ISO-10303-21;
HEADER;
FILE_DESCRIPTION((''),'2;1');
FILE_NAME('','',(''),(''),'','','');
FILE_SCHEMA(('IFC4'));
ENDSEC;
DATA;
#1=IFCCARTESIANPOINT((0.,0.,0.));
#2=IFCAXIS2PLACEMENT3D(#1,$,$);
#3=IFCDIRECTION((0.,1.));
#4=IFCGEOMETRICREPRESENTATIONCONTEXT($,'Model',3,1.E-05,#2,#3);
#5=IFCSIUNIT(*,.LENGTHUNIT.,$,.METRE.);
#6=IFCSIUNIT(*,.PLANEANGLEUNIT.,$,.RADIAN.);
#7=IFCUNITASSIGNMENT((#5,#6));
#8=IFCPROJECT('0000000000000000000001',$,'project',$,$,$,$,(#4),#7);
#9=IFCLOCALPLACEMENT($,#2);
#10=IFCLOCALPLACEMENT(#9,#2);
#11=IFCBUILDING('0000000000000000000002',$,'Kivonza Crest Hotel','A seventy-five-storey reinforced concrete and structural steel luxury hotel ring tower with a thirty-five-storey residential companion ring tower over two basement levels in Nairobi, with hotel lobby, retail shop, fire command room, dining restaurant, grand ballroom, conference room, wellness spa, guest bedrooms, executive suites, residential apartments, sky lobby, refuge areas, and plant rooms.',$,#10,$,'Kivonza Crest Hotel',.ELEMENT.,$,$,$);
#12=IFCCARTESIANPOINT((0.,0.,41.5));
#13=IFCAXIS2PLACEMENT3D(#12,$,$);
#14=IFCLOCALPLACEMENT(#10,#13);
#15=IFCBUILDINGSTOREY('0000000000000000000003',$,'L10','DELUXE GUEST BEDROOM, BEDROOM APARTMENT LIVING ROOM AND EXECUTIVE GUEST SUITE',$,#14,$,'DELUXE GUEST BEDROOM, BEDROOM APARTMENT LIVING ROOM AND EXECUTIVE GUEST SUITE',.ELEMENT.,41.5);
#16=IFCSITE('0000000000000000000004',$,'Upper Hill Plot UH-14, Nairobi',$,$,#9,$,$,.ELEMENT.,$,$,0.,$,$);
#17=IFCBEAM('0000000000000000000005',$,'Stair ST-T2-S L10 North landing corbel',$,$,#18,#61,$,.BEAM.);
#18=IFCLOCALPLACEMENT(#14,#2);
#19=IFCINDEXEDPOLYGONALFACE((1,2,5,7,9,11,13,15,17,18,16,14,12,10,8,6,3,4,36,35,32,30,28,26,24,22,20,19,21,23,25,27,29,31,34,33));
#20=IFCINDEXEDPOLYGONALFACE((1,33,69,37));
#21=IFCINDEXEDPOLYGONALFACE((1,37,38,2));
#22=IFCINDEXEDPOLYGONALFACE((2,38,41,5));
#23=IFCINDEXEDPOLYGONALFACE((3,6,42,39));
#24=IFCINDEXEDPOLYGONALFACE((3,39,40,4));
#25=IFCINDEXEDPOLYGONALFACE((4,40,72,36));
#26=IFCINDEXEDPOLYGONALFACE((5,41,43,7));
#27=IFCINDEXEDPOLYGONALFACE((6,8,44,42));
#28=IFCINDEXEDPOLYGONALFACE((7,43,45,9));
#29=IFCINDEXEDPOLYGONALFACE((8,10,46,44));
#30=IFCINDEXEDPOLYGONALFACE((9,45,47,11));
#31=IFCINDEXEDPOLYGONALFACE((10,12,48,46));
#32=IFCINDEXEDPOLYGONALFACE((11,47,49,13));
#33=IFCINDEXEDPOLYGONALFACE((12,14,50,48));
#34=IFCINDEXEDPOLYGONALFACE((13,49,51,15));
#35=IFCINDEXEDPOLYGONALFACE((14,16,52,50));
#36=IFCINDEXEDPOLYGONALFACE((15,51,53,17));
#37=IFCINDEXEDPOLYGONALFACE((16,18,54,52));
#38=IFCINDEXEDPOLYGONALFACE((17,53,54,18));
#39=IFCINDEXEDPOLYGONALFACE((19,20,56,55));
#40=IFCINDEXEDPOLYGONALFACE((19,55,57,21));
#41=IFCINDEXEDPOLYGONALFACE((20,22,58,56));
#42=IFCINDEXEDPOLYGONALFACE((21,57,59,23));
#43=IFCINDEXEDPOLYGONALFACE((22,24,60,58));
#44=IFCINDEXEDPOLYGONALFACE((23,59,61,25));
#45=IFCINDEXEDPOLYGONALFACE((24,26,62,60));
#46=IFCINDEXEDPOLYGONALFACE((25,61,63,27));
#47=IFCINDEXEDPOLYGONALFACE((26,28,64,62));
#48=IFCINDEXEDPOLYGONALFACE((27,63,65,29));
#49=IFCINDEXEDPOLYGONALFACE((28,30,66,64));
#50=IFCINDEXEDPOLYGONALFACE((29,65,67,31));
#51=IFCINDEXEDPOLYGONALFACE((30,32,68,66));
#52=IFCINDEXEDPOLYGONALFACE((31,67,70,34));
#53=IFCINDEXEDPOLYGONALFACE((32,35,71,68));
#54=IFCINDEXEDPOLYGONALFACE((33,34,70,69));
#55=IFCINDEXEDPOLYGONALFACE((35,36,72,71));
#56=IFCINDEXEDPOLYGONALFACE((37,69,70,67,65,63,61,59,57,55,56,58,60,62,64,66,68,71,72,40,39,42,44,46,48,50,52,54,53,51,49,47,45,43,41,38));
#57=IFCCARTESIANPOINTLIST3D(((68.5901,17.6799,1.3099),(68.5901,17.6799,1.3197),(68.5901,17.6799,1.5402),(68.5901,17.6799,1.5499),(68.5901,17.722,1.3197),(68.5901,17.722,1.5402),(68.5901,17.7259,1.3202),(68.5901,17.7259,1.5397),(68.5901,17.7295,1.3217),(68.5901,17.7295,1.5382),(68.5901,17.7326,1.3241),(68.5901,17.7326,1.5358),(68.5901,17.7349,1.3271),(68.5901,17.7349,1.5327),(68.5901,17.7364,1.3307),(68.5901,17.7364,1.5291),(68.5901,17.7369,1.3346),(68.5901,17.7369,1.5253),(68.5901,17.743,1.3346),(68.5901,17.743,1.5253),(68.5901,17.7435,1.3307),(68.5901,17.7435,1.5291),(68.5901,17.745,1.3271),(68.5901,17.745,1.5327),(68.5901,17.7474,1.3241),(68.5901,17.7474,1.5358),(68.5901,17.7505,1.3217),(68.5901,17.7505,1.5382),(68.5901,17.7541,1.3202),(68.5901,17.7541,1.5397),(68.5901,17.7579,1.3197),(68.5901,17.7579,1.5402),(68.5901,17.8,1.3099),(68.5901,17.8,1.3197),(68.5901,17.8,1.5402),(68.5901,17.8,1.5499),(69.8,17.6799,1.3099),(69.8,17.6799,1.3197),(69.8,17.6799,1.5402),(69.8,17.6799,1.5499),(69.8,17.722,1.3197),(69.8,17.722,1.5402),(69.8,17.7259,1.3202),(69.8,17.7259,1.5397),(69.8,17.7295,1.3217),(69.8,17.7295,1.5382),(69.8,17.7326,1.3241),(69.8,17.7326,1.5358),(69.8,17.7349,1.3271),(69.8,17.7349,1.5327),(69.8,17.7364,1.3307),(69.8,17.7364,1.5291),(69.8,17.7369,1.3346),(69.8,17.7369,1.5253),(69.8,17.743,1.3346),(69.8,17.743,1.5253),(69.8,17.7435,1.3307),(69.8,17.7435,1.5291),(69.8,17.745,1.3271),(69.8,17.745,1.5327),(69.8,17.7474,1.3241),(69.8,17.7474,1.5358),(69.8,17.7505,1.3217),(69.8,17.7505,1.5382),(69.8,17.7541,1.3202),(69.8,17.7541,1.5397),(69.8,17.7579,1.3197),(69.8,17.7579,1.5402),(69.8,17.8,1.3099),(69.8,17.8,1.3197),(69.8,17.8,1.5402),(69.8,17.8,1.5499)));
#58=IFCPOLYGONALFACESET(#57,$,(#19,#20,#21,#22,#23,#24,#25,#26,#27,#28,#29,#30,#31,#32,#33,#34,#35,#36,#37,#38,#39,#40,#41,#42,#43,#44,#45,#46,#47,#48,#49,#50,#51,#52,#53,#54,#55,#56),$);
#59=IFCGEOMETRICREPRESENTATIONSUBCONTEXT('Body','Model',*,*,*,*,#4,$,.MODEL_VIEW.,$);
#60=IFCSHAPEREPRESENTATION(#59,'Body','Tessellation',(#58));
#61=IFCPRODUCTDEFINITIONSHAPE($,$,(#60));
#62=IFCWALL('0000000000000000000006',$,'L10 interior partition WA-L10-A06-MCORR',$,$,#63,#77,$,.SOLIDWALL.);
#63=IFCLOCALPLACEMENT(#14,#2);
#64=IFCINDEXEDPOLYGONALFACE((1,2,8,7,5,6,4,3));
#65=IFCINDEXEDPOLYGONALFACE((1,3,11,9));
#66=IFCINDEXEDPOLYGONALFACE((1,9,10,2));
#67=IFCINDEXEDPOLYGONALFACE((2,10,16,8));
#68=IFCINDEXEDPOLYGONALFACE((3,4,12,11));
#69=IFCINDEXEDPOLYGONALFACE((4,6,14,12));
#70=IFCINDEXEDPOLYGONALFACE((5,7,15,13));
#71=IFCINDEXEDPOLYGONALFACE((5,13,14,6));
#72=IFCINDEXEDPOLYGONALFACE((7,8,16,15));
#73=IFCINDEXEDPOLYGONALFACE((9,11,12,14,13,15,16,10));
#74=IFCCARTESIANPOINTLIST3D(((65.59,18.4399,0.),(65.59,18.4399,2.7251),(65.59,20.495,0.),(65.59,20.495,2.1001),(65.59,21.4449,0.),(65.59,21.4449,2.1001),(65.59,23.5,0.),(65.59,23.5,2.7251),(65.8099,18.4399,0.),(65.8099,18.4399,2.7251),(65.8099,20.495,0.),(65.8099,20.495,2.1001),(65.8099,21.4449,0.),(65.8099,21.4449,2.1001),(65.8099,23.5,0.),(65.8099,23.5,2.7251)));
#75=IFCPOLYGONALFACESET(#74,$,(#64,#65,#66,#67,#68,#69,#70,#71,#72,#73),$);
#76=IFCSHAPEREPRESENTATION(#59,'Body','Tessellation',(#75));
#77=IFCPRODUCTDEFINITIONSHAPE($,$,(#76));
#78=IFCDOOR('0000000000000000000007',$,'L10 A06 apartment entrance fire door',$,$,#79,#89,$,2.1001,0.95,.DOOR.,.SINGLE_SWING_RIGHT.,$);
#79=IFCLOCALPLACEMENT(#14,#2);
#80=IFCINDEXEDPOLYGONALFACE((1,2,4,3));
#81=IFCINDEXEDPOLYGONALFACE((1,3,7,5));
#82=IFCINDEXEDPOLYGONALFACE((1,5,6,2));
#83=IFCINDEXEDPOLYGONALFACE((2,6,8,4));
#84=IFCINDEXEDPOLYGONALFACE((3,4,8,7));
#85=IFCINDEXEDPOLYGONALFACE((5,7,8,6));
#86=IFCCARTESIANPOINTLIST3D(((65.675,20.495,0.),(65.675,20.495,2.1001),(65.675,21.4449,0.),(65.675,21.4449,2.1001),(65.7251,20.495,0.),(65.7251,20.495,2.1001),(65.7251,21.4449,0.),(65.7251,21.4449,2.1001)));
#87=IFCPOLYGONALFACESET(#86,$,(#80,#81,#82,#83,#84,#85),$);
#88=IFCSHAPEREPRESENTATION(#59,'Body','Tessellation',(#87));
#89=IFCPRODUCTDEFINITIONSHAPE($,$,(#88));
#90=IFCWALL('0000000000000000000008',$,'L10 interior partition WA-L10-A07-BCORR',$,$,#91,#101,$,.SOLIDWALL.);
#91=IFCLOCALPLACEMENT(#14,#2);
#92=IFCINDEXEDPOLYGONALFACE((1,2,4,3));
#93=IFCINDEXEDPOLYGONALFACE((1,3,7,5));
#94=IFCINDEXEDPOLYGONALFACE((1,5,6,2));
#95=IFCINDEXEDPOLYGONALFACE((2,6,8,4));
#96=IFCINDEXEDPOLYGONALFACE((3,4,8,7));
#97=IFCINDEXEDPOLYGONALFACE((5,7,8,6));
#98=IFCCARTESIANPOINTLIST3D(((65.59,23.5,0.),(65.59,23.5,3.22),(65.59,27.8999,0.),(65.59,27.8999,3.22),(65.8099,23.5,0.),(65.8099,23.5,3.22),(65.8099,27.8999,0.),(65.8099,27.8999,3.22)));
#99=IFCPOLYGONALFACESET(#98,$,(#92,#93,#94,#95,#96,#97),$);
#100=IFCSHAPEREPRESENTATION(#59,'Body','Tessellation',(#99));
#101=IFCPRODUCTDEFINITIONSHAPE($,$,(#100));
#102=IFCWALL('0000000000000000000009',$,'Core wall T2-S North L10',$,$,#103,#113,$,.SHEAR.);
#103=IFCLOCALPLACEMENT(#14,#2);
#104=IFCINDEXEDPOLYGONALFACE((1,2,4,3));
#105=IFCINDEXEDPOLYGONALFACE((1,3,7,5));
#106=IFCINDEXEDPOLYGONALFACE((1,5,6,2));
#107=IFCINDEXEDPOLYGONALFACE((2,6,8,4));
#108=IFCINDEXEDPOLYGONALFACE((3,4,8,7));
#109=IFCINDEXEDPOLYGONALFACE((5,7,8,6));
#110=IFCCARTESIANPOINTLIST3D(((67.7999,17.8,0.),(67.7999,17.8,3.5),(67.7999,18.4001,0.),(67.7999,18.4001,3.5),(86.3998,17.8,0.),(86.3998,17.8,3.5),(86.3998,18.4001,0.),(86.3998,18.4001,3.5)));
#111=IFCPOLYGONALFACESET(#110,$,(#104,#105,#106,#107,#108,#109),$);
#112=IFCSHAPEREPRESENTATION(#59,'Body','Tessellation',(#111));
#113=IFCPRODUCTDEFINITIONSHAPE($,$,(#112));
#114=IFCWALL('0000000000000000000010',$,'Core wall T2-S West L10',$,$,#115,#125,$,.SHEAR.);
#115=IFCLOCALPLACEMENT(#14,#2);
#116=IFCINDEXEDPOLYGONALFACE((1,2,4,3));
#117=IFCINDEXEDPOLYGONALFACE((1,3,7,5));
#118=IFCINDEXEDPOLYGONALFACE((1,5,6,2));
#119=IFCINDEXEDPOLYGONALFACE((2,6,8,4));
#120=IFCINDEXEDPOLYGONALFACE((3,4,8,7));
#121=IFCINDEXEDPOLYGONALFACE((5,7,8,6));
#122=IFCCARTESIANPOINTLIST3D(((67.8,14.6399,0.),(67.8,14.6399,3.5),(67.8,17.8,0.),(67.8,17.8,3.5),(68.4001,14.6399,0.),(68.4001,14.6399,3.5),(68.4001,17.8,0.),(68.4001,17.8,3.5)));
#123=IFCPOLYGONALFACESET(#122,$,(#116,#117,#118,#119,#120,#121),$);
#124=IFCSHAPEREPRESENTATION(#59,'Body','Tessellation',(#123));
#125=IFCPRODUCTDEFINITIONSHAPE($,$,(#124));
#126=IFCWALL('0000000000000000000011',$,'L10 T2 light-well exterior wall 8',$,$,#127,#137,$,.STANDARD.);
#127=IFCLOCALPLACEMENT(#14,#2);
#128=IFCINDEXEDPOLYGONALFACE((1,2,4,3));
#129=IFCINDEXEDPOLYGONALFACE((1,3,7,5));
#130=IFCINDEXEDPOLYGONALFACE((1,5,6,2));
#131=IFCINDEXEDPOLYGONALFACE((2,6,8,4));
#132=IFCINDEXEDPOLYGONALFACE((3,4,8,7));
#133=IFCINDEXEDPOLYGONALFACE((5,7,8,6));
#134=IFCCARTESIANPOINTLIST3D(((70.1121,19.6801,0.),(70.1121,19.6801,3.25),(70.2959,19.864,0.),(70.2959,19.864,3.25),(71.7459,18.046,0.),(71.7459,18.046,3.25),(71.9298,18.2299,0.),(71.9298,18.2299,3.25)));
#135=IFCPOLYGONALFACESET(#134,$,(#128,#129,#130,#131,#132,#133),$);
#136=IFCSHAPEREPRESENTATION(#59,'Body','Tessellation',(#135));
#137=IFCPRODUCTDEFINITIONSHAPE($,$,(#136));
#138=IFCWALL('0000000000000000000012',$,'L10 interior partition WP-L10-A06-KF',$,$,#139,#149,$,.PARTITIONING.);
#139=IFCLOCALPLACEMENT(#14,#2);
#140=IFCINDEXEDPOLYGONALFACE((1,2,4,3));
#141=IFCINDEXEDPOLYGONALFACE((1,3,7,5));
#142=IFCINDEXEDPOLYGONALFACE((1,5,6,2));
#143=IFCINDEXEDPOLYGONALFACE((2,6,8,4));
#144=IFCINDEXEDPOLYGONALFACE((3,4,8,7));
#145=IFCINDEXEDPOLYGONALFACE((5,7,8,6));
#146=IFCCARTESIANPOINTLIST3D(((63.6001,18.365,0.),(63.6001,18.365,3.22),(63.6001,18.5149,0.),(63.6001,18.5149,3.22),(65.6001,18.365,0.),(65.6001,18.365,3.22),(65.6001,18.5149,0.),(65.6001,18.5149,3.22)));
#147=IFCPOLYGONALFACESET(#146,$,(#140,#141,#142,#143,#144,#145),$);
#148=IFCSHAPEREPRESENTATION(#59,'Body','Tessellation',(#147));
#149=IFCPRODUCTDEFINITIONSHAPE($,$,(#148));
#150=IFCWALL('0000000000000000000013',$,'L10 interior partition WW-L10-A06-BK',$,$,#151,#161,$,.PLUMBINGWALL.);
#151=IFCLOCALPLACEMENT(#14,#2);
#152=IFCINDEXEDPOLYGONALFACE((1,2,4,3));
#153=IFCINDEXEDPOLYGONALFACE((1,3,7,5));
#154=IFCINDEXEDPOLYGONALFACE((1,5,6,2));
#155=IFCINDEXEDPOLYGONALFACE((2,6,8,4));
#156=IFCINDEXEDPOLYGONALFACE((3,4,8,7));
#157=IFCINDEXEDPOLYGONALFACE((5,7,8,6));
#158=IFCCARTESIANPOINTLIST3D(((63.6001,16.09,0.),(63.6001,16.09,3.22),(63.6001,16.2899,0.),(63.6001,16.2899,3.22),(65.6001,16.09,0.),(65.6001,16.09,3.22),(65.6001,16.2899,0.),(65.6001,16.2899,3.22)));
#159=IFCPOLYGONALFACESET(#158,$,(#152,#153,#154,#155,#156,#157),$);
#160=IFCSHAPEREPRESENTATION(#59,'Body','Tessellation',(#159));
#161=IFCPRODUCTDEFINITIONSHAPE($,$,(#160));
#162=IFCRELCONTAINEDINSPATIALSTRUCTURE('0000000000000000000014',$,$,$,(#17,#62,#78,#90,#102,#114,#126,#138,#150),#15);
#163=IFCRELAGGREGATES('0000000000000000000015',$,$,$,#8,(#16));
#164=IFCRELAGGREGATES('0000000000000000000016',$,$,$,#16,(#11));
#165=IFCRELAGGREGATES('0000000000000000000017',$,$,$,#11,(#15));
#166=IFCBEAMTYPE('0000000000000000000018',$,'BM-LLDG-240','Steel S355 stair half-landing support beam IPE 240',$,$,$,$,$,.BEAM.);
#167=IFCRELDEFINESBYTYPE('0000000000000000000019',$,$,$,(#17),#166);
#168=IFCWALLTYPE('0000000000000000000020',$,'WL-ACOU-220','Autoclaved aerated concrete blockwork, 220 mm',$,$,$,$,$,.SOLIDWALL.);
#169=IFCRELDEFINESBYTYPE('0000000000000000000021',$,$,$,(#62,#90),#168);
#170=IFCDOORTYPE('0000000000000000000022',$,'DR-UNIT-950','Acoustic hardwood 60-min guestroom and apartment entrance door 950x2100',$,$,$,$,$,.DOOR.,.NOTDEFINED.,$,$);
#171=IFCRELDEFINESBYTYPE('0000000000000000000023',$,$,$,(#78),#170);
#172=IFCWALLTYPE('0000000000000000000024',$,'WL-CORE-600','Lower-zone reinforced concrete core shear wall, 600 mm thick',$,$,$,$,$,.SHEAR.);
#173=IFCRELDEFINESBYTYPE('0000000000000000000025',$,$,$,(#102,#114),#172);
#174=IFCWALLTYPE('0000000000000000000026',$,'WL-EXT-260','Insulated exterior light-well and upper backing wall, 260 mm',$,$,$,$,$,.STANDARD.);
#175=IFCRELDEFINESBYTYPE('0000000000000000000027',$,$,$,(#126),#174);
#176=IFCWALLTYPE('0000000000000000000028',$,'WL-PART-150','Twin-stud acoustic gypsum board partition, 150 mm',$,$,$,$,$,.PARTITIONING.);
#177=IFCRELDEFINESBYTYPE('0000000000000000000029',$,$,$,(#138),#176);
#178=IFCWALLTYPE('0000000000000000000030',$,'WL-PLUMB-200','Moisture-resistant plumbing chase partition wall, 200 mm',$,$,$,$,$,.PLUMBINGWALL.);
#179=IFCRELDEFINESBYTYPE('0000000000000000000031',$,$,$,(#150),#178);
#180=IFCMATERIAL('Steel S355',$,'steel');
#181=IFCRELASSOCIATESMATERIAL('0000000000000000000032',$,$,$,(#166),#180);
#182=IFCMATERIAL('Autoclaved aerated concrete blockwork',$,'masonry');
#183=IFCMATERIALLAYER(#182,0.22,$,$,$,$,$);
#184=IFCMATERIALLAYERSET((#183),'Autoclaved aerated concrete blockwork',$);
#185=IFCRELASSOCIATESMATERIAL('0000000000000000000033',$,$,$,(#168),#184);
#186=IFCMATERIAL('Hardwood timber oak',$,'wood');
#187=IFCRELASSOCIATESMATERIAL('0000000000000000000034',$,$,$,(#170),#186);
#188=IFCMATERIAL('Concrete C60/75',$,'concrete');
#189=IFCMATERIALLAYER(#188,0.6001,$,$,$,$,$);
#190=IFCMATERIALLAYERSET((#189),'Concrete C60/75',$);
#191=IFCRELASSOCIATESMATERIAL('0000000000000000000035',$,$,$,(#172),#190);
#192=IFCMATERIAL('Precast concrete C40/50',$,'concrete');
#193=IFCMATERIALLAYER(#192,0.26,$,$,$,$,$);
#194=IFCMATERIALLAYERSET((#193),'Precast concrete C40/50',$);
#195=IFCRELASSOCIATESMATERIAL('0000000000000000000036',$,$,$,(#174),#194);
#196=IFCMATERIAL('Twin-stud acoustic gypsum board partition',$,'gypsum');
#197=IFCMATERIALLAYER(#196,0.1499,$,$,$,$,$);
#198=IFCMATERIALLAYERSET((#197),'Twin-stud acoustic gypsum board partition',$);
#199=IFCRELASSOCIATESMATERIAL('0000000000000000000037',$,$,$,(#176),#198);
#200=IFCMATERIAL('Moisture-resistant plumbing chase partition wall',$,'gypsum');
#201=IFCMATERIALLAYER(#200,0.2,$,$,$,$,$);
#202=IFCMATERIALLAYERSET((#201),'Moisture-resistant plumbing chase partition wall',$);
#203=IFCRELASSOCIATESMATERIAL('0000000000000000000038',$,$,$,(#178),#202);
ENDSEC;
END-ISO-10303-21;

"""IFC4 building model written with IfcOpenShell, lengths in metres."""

from ifc_helpers import new_model, si_unit, direction, frame, frame_2d, origin, origin_2d, place, context, subcontext, project, spatial, rectangle, i_section, extrude, material, layer, layer_set, material_profile, profile_set, type_object, element, fill, save


model = new_model("IFC4")

# Units and contexts
model_context = context("Model", 3, precision=1e-05, world=origin(), true_north=direction((0.0, 1.0)))
body_context = subcontext(model_context, "Body", "Model", "MODEL_VIEW")
ifc_project = project(units=[si_unit("LENGTHUNIT", "METRE"), si_unit("PLANEANGLEUNIT", "RADIAN")], contexts=[model_context])

# Site, building, storey
site_placement = place(None, origin())
site = spatial("IfcSite", under=ifc_project, at=site_placement, Name="Upper Hill Plot UH-14, Nairobi", CompositionType="ELEMENT", RefElevation=0.0)
building_placement = place(site_placement, origin())
building = spatial("IfcBuilding", under=site, at=building_placement, Name="Kivonza Crest Hotel", Description="A seventy-five-storey reinforced concrete and structural steel luxury hotel ring tower with a thirty-five-storey residential companion ring tower over two basement levels in Nairobi, with hotel lobby, retail shop, fire command room, dining restaurant, grand ballroom, conference room, wellness spa, guest bedrooms, executive suites, residential apartments, sky lobby, refuge areas, and plant rooms.", LongName="Kivonza Crest Hotel", CompositionType="ELEMENT")
storey_placement = place(building_placement, frame((0.0, 0.0, 41.5)))
storey = spatial("IfcBuildingStorey", under=building, at=storey_placement, Name="L10", Description="DELUXE GUEST BEDROOM, BEDROOM APARTMENT LIVING ROOM AND EXECUTIVE GUEST SUITE", LongName="DELUXE GUEST BEDROOM, BEDROOM APARTMENT LIVING ROOM AND EXECUTIVE GUEST SUITE", CompositionType="ELEMENT", Elevation=41.5)

# Beam
ifc_material_1 = material(Name="Steel S355", Category="steel")
ifc_material_profile_1 = material_profile(ifc_material_1, i_section(OverallWidth=0.1201, OverallDepth=0.24, WebThickness=0.0061, FlangeThickness=0.0098, FilletRadius=0.0149, at=origin_2d()), Name="IPE 240")
ifc_profile_set_1 = profile_set([ifc_material_profile_1], Name="Steel S355")
beam_type_1 = type_object("IfcBeamType", Name="BM-LLDG-240", Description="Steel S355 stair half-landing support beam IPE 240", PredefinedType="BEAM", material=ifc_profile_set_1)
for number, where, z_axis, x_axis, name in (
    (1, (68.5901, 17.74, 1.4299), (1.0, 0.0, 0.0), (0.0, 1.0, 0.0), "Stair ST-T2-S L10 North landing corbel"),
):
    element("IfcBeam", number, at=place(storey_placement, frame(where, z_axis=z_axis, x_axis=x_axis)), inside=storey, type_object=beam_type_1, Name=name, PredefinedType="BEAM", context=body_context, shape_type="SweptSolid", body=[
        extrude(i_section(OverallWidth=0.1201, OverallDepth=0.24, WebThickness=0.0061, FlangeThickness=0.0098, FilletRadius=0.0149, at=origin_2d()), origin(), (0.0, 0.0, 1.0), 1.21),
    ])

# Wall, opening, door
ifc_material_2 = material(Name="Autoclaved aerated concrete blockwork", Category="masonry")
ifc_layer_1 = layer(ifc_material_2, 0.22)
ifc_layer_set_1 = layer_set([ifc_layer_1], Name="Autoclaved aerated concrete blockwork")
wall_type_1 = type_object("IfcWallType", Name="WL-ACOU-220", Description="Autoclaved aerated concrete blockwork, 220 mm", PredefinedType="SOLIDWALL", material=ifc_layer_set_1)
wall_1_placement = place(storey_placement, frame((65.7, 18.4399, 0.0), z_axis=(0.0, 0.0, 1.0), x_axis=(0.0, 1.0, 0.0)))
wall_1 = element("IfcWall", 2, at=wall_1_placement, inside=storey, type_object=wall_type_1, Name="L10 interior partition WA-L10-A06-MCORR", PredefinedType="SOLIDWALL", context=body_context, shape_type="SweptSolid", body=[
    extrude(rectangle(XDim=5.0601, YDim=0.22, at=frame_2d((2.53, 0.0))), origin(), (0.0, 0.0, 1.0), 2.7251),
])
opening_1_placement = place(wall_1_placement, frame((2.0549, 0.0, 0.0)))
opening_1 = element("IfcOpeningElement", 3, at=opening_1_placement, cuts=wall_1, PredefinedType="OPENING", context=body_context, shape_type="SweptSolid", body=[
    extrude(rectangle(XDim=0.95, YDim=2.1001, at=frame_2d((0.4751, 1.05))), frame((0.0, 0.1201, 0.0), z_axis=(0.0, -1.0, 0.0), x_axis=(1.0, 0.0, 0.0)), (0.0, 0.0, 1.0), 0.24),
])
ifc_material_3 = material(Name="Hardwood timber oak", Category="wood")
door_type_1 = type_object("IfcDoorType", Name="DR-UNIT-950", Description="Acoustic hardwood 60-min guestroom and apartment entrance door 950x2100", OperationType="NOTDEFINED", PredefinedType="DOOR", material=ifc_material_3)
door_1_placement = place(opening_1_placement, origin())
door_1 = element("IfcDoor", 4, at=door_1_placement, inside=storey, type_object=door_type_1, Name="L10 A06 apartment entrance fire door", OperationType="SINGLE_SWING_RIGHT", OverallHeight=2.1001, OverallWidth=0.95, PredefinedType="DOOR", context=body_context, shape_type="SweptSolid", body=[
    extrude(rectangle(XDim=0.95, YDim=2.1001, at=frame_2d((0.4751, 1.05))), frame((0.0, 0.0249, 0.0), z_axis=(0.0, -1.0, 0.0), x_axis=(1.0, 0.0, 0.0)), (0.0, 0.0, 1.0), 0.05),
])
fill(opening_1, door_1)

# Wall
wall_2_placement = place(storey_placement, frame((65.7, 23.5, 0.0), z_axis=(0.0, 0.0, 1.0), x_axis=(0.0, 1.0, 0.0)))
element("IfcWall", 5, at=wall_2_placement, inside=storey, type_object=wall_type_1, Name="L10 interior partition WA-L10-A07-BCORR", PredefinedType="SOLIDWALL", context=body_context, shape_type="SweptSolid", body=[
    extrude(rectangle(XDim=4.3999, YDim=0.22, at=frame_2d((2.2, 0.0))), origin(), (0.0, 0.0, 1.0), 3.22),
])

# Shared definitions
ifc_material_4 = material(Name="Concrete C60/75", Category="concrete")
ifc_layer_2 = layer(ifc_material_4, 0.6001)
ifc_layer_set_2 = layer_set([ifc_layer_2], Name="Concrete C60/75")
wall_type_2 = type_object("IfcWallType", Name="WL-CORE-600", Description="Lower-zone reinforced concrete core shear wall, 600 mm thick", PredefinedType="SHEAR", material=ifc_layer_set_2)

# Walls
wall_3_placement = place(storey_placement, frame((67.8, 18.1001, 0.0), z_axis=(0.0, 0.0, 1.0), x_axis=(1.0, 0.0, 0.0)))
element("IfcWall", 6, at=wall_3_placement, inside=storey, type_object=wall_type_2, Name="Core wall T2-S North L10", PredefinedType="SHEAR", context=body_context, shape_type="SweptSolid", body=[
    extrude(rectangle(XDim=18.5999, YDim=0.6001, at=frame_2d((9.2998, 0.0))), origin(), (0.0, 0.0, 1.0), 3.5),
])
wall_4_placement = place(storey_placement, frame((68.1001, 14.6399, 0.0), z_axis=(0.0, 0.0, 1.0), x_axis=(0.0, 1.0, 0.0)))
element("IfcWall", 7, at=wall_4_placement, inside=storey, type_object=wall_type_2, Name="Core wall T2-S West L10", PredefinedType="SHEAR", context=body_context, shape_type="SweptSolid", body=[
    extrude(rectangle(XDim=3.1602, YDim=0.6001, at=frame_2d((1.5801, 0.0))), origin(), (0.0, 0.0, 1.0), 3.5),
])
ifc_material_5 = material(Name="Precast concrete C40/50", Category="concrete")
ifc_layer_3 = layer(ifc_material_5, 0.26)
ifc_layer_set_3 = layer_set([ifc_layer_3], Name="Precast concrete C40/50")
wall_type_3 = type_object("IfcWallType", Name="WL-EXT-260", Description="Insulated exterior light-well and upper backing wall, 260 mm", PredefinedType="STANDARD", material=ifc_layer_set_3)
wall_5_placement = place(storey_placement, frame((70.2041, 19.772, 0.0), z_axis=(0.0, 0.0, 1.0), x_axis=(0.707054, -0.70716, 0.0)))
element("IfcWall", 8, at=wall_5_placement, inside=storey, type_object=wall_type_3, Name="L10 T2 light-well exterior wall 8", PredefinedType="STANDARD", context=body_context, shape_type="SweptSolid", body=[
    extrude(rectangle(XDim=2.3108, YDim=0.26, at=frame_2d((1.1553, 0.0))), origin(), (0.0, 0.0, 1.0), 3.25),
])
ifc_material_6 = material(Name="Twin-stud acoustic gypsum board partition", Category="gypsum")
ifc_layer_4 = layer(ifc_material_6, 0.1499)
ifc_layer_set_4 = layer_set([ifc_layer_4], Name="Twin-stud acoustic gypsum board partition")
wall_type_4 = type_object("IfcWallType", Name="WL-PART-150", Description="Twin-stud acoustic gypsum board partition, 150 mm", PredefinedType="PARTITIONING", material=ifc_layer_set_4)
wall_6_placement = place(storey_placement, frame((63.6001, 18.4399, 0.0), z_axis=(0.0, 0.0, 1.0), x_axis=(1.0, 0.0, 0.0)))
element("IfcWall", 9, at=wall_6_placement, inside=storey, type_object=wall_type_4, Name="L10 interior partition WP-L10-A06-KF", PredefinedType="PARTITIONING", context=body_context, shape_type="SweptSolid", body=[
    extrude(rectangle(XDim=2.0, YDim=0.1499, at=frame_2d((1.0, 0.0))), origin(), (0.0, 0.0, 1.0), 3.22),
])
ifc_material_7 = material(Name="Moisture-resistant plumbing chase partition wall", Category="gypsum")
ifc_layer_5 = layer(ifc_material_7, 0.2)
ifc_layer_set_5 = layer_set([ifc_layer_5], Name="Moisture-resistant plumbing chase partition wall")
wall_type_5 = type_object("IfcWallType", Name="WL-PLUMB-200", Description="Moisture-resistant plumbing chase partition wall, 200 mm", PredefinedType="PLUMBINGWALL", material=ifc_layer_set_5)
wall_7_placement = place(storey_placement, frame((63.6001, 16.1899, 0.0), z_axis=(0.0, 0.0, 1.0), x_axis=(1.0, 0.0, 0.0)))
element("IfcWall", 10, at=wall_7_placement, inside=storey, type_object=wall_type_5, Name="L10 interior partition WW-L10-A06-BK", PredefinedType="PLUMBINGWALL", context=body_context, shape_type="SweptSolid", body=[
    extrude(rectangle(XDim=2.0, YDim=0.2, at=frame_2d((1.0, 0.0))), origin(), (0.0, 0.0, 1.0), 3.22),
])

save(model, "model.ifc")
